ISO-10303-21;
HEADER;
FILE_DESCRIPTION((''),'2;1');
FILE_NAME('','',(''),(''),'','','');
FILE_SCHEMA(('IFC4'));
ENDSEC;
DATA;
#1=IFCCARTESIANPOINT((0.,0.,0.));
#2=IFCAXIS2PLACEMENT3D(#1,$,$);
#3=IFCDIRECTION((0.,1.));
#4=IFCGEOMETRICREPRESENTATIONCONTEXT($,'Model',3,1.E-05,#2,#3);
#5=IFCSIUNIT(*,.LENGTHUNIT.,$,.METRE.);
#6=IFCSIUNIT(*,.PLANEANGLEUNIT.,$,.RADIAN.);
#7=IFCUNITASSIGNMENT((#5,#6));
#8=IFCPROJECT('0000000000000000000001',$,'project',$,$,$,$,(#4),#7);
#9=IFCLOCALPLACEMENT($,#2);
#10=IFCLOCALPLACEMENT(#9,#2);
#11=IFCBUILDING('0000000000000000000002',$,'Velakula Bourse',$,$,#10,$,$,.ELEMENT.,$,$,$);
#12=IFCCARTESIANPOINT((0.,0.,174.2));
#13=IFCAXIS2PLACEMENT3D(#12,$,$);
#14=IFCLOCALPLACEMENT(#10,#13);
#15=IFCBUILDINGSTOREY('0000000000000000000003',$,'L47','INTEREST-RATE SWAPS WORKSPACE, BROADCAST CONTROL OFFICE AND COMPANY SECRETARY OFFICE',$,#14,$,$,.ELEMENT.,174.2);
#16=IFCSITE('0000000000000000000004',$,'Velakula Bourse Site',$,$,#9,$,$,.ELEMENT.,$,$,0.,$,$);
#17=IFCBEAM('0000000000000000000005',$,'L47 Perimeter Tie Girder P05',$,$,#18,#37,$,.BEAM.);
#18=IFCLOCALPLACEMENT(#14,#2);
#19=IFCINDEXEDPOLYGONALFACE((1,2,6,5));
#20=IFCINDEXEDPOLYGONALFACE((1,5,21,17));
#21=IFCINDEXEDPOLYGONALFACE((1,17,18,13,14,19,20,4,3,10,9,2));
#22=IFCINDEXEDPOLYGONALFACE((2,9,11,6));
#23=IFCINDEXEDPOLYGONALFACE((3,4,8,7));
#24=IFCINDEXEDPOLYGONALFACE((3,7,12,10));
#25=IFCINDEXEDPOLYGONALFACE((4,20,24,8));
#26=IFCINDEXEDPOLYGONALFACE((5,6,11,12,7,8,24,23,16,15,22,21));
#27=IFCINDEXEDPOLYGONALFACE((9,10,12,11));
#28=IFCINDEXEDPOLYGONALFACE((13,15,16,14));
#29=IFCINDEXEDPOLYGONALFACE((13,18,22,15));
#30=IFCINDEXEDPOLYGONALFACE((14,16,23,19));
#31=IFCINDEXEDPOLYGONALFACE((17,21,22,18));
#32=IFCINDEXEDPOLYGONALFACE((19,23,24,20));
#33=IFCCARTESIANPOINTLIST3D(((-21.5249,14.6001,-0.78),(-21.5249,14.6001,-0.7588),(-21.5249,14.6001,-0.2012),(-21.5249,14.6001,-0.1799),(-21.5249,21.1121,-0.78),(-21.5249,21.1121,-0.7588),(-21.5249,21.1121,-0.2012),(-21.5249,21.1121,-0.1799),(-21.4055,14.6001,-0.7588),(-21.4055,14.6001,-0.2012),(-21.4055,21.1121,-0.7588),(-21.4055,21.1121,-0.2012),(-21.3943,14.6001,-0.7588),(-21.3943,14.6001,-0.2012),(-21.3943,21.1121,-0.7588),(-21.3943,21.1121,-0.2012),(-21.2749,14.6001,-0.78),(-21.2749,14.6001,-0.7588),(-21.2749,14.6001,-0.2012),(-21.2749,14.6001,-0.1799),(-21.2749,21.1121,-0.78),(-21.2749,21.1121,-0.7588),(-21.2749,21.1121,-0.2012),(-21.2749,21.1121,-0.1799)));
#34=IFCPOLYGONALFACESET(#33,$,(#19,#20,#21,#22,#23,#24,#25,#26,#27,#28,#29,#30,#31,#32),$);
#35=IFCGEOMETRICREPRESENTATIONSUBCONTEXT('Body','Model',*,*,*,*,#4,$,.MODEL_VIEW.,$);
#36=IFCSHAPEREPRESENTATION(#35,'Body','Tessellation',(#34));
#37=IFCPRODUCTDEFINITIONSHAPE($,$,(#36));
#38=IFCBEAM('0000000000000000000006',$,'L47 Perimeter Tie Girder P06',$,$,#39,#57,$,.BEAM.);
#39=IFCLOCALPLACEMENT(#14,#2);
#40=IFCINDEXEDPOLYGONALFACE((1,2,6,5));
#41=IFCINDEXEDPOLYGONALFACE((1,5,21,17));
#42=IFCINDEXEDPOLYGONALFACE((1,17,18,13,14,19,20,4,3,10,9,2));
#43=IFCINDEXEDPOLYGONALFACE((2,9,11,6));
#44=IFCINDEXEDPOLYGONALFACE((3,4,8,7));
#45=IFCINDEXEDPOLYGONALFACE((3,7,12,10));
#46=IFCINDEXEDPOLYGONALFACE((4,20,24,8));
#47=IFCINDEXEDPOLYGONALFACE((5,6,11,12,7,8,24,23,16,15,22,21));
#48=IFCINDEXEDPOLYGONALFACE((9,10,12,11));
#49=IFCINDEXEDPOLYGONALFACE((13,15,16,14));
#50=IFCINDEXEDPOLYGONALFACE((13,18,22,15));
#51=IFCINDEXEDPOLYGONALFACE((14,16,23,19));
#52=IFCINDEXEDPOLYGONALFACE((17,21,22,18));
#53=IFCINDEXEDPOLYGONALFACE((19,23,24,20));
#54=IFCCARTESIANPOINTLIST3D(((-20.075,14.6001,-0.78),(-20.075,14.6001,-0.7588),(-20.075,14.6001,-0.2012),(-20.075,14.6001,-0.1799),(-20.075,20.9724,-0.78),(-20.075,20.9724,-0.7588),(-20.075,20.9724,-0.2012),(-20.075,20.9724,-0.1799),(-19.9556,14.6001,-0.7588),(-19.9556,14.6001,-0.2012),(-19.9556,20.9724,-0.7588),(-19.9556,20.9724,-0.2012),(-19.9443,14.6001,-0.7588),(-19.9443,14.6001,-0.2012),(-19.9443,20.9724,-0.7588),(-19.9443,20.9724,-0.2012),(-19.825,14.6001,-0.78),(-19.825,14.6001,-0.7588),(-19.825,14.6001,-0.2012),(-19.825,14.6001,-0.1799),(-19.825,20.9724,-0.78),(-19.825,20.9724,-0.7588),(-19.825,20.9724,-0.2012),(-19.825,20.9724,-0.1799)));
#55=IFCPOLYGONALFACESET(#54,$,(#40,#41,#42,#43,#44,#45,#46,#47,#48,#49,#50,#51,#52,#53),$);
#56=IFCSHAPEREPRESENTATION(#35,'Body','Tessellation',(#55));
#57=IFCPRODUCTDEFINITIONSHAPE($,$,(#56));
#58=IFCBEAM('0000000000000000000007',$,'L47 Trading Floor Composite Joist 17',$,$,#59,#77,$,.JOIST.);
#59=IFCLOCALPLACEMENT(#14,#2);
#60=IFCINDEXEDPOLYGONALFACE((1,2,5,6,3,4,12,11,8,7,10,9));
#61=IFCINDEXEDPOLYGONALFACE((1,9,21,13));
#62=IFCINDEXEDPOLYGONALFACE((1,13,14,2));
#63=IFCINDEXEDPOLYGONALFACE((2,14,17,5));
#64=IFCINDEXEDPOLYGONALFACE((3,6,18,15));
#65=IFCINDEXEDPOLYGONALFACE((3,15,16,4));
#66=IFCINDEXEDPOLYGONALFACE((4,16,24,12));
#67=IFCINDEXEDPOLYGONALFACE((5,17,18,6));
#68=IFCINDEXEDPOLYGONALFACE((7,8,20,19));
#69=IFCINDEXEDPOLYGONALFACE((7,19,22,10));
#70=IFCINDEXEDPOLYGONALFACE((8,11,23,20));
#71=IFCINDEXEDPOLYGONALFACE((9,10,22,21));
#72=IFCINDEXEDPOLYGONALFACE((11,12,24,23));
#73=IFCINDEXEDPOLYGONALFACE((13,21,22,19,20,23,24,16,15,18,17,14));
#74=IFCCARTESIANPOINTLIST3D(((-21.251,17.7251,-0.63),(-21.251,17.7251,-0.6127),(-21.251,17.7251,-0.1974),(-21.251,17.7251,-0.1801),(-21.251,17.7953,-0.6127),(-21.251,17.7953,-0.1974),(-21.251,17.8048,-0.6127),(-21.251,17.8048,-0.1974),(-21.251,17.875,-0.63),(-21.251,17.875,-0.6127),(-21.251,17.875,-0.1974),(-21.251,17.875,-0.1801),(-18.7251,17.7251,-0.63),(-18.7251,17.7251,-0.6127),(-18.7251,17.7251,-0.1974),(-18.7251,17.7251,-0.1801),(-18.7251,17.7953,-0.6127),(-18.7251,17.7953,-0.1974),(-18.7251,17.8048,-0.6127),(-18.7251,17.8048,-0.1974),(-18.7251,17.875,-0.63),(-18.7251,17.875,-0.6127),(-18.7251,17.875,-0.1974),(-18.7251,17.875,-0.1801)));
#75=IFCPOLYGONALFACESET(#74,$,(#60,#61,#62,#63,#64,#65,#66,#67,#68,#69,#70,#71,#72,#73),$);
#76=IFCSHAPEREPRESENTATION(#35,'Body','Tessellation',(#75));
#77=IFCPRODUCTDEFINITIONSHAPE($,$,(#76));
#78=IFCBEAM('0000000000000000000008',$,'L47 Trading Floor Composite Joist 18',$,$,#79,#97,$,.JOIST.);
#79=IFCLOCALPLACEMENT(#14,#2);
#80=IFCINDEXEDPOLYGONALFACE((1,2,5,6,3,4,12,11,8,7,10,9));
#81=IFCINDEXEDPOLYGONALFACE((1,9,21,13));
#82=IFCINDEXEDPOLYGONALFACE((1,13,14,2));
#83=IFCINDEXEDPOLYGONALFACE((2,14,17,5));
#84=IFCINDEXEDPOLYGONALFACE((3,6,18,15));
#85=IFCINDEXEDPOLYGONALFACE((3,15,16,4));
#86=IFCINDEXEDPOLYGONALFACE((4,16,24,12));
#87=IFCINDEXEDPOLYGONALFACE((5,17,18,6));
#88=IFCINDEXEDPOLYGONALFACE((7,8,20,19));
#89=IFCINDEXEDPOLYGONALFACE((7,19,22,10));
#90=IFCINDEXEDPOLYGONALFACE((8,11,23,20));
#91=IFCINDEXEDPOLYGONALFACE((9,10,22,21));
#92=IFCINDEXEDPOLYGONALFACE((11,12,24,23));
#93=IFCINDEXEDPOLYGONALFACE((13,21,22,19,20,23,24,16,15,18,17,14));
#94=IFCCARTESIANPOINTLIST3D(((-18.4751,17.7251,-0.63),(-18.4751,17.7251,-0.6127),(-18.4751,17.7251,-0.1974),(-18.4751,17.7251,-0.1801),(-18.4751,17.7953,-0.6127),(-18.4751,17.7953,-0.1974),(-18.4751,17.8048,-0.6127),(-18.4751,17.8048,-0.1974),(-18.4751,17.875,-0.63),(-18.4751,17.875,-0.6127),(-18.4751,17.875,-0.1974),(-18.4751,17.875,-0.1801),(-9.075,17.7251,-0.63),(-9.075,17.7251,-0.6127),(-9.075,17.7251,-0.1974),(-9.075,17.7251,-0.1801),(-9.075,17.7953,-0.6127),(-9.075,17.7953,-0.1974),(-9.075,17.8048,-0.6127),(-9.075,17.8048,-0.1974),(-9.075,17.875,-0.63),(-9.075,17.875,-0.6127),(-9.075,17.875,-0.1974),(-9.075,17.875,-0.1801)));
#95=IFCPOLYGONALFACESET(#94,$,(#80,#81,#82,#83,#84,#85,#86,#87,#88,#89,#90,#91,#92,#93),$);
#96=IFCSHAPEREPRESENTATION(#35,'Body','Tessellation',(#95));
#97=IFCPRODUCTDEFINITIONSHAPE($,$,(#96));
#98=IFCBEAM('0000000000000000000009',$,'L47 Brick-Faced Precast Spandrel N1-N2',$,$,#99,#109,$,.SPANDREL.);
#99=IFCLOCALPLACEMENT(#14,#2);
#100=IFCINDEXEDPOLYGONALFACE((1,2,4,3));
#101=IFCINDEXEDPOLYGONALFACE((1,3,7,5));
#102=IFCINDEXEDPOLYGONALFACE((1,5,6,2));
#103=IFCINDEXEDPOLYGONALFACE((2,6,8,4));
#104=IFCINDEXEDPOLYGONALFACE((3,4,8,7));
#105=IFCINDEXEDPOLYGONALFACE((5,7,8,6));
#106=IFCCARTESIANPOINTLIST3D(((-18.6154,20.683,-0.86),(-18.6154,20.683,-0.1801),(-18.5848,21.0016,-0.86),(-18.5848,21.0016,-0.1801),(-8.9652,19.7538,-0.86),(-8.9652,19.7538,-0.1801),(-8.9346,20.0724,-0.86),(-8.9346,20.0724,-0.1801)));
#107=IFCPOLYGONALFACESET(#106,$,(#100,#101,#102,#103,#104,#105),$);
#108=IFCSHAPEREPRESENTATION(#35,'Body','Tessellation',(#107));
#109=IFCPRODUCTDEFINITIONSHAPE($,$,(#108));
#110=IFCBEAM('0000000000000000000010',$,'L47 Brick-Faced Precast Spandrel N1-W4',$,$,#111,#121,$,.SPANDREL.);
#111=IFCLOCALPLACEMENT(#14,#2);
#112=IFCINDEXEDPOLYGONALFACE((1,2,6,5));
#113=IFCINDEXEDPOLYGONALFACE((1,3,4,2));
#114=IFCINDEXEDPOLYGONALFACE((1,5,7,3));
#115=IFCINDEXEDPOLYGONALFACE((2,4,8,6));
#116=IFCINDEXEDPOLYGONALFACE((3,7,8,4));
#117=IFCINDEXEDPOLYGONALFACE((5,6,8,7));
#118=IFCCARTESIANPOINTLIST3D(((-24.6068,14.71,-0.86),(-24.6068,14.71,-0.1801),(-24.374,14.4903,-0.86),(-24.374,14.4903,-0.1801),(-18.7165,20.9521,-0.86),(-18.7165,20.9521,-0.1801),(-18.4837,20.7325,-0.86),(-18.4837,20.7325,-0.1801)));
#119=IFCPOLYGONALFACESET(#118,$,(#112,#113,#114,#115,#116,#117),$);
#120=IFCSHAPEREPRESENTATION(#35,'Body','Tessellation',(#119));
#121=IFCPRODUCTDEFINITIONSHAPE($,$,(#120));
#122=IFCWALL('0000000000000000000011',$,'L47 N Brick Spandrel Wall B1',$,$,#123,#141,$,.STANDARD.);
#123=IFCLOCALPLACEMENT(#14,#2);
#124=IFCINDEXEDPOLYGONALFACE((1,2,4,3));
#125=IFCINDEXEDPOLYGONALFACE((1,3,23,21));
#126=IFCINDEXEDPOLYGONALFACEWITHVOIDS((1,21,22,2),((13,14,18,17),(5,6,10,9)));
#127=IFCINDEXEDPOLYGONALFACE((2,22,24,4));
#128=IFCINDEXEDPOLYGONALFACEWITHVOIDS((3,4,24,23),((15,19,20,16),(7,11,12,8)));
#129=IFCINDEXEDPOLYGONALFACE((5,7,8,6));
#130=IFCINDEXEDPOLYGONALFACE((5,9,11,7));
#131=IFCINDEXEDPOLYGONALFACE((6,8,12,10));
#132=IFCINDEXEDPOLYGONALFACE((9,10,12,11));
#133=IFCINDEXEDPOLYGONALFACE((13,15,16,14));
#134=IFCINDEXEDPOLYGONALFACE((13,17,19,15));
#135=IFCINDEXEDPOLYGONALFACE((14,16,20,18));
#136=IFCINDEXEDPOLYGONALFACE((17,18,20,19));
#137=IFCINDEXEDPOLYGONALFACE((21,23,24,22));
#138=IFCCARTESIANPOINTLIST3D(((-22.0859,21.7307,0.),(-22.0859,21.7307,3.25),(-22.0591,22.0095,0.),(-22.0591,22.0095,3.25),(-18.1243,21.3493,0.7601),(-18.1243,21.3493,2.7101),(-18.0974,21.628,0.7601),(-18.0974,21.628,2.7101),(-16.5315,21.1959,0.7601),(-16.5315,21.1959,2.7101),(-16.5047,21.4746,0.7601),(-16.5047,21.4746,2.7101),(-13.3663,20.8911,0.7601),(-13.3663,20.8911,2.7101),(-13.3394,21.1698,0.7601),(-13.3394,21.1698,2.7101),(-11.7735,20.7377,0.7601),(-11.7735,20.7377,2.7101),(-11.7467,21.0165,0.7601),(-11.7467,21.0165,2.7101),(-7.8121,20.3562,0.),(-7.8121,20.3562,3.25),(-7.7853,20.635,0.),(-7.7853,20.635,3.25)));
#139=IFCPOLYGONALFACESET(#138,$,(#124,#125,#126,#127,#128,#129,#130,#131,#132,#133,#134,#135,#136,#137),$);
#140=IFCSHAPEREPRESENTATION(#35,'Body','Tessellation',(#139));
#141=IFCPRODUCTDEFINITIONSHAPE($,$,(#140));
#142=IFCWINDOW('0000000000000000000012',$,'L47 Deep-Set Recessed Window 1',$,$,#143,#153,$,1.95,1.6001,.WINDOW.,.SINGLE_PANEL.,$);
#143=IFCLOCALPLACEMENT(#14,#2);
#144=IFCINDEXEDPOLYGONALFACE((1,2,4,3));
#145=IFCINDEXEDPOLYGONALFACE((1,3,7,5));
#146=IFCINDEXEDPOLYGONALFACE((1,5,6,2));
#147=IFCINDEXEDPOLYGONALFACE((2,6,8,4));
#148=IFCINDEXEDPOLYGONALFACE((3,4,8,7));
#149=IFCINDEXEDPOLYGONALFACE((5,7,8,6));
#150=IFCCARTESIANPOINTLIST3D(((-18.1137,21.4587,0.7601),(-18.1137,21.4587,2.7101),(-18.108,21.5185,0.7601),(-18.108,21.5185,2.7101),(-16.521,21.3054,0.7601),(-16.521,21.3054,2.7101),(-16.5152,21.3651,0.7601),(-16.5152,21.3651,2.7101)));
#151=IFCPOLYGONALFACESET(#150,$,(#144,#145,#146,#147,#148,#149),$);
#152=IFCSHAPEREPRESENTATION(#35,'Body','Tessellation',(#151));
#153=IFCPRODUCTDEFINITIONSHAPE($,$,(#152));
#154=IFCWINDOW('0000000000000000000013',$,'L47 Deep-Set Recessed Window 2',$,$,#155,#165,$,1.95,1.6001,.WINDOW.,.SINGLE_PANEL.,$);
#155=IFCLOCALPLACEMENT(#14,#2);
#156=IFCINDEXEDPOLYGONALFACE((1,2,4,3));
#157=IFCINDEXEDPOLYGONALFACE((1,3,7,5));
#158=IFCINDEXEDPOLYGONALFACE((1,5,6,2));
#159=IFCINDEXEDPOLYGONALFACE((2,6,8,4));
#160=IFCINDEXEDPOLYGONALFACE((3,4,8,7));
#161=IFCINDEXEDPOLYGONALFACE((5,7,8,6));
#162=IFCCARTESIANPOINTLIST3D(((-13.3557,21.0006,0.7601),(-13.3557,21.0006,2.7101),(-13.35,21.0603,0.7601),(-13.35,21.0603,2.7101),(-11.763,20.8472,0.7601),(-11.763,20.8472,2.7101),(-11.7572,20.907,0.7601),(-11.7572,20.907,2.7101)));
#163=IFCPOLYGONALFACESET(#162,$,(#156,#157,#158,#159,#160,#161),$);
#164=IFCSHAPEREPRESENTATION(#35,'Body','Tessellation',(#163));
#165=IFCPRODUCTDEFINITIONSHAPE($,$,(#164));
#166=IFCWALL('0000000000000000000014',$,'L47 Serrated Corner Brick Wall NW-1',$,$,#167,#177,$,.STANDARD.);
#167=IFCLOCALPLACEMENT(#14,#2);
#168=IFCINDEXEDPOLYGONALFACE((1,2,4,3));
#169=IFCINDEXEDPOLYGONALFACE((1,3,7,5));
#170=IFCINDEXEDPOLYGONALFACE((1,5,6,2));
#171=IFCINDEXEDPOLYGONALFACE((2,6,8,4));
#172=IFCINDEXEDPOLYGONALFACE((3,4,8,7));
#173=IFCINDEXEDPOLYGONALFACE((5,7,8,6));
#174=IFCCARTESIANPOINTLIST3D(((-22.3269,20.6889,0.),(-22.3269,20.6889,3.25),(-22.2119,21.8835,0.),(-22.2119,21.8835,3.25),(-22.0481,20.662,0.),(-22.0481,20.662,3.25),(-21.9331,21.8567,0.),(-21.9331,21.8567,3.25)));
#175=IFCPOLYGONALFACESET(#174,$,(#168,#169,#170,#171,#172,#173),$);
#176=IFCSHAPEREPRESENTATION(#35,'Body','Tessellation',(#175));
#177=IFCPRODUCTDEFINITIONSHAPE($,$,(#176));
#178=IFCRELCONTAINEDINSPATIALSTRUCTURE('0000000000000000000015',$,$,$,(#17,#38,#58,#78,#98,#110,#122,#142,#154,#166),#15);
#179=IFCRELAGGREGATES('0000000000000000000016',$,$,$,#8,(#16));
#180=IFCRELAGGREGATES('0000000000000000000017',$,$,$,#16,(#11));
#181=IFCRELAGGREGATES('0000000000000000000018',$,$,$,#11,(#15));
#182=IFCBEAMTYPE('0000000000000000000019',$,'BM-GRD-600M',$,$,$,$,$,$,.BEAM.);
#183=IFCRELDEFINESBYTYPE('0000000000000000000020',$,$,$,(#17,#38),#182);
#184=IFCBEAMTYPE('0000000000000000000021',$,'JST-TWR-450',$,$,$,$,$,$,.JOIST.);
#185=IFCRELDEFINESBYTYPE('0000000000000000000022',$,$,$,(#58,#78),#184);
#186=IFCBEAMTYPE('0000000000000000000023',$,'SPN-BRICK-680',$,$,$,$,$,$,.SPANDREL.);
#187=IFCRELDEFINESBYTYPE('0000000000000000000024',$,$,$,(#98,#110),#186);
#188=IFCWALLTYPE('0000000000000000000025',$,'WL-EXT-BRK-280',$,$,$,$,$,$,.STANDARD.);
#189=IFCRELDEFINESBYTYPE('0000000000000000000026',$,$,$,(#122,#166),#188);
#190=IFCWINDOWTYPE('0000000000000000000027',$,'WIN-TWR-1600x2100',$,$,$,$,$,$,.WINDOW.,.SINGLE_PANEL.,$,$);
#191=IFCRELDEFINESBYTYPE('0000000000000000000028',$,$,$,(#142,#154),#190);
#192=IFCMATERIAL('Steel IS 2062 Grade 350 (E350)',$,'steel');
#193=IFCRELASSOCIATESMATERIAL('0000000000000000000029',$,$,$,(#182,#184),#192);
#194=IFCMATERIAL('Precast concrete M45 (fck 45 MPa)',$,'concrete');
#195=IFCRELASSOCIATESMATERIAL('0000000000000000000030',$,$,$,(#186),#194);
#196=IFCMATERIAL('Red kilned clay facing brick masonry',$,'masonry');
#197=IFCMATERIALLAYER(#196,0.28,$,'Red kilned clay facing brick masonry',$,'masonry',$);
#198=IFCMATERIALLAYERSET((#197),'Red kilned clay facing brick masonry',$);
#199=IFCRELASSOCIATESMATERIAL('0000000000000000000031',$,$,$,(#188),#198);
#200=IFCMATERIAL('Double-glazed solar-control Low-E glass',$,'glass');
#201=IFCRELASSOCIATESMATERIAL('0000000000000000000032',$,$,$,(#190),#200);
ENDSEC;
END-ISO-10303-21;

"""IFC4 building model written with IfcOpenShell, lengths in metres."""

from ifc_helpers import new_model, si_unit, direction, frame, frame_2d, origin, origin_2d, place, context, subcontext, project, spatial, rectangle, i_section, extrude, material, layer, layer_set, material_profile, profile_set, type_object, element, fill, save


model = new_model("IFC4")

# Units and contexts
model_context = context("Model", 3, precision=1e-05, world=origin(), true_north=direction((0.0, 1.0)))
body_context = subcontext(model_context, "Body", "Model", "MODEL_VIEW")
ifc_project = project(units=[si_unit("LENGTHUNIT", "METRE"), si_unit("PLANEANGLEUNIT", "RADIAN")], contexts=[model_context])

# Site, building, storey
site_placement = place(None, origin())
site = spatial("IfcSite", under=ifc_project, at=site_placement, Name="Velakula Bourse Site", CompositionType="ELEMENT", RefElevation=0.0)
building_placement = place(site_placement, origin())
building = spatial("IfcBuilding", under=site, at=building_placement, Name="Velakula Bourse", CompositionType="ELEMENT")
storey_placement = place(building_placement, frame((0.0, 0.0, 174.2)))
storey = spatial("IfcBuildingStorey", under=building, at=storey_placement, Name="L47", Description="INTEREST-RATE SWAPS WORKSPACE, BROADCAST CONTROL OFFICE AND COMPANY SECRETARY OFFICE", CompositionType="ELEMENT", Elevation=174.2)

# Shared definitions
ifc_material_1 = material(Name="Steel IS 2062 Grade 350 (E350)", Category="steel")
ifc_material_2 = material(Name="Precast concrete M45 (fck 45 MPa)", Category="concrete")

# Beams
ifc_material_profile_1 = material_profile(ifc_material_1, i_section(OverallWidth=0.25, OverallDepth=0.6001, WebThickness=0.0112, FlangeThickness=0.0212, at=origin_2d()), Name="Steel IS 2062 Grade 350 (E350)")
ifc_profile_set_1 = profile_set([ifc_material_profile_1], Name="Steel IS 2062 Grade 350 (E350)")
beam_type_1 = type_object("IfcBeamType", Name="BM-GRD-600M", PredefinedType="BEAM", material=ifc_profile_set_1)
beam_1_placement = place(storey_placement, frame((-21.3999, 14.6001, -0.48), z_axis=(0.0, 1.0, 0.0), x_axis=(-1.0, 0.0, 0.0)))
element("IfcBeam", 1, at=beam_1_placement, inside=storey, type_object=beam_type_1, Name="L47 Perimeter Tie Girder P05", PredefinedType="BEAM", context=body_context, shape_type="SweptSolid", body=[
    extrude(i_section(OverallWidth=0.25, OverallDepth=0.6001, WebThickness=0.0112, FlangeThickness=0.0212, at=origin_2d()), origin(), (0.0, 0.0, 1.0), 6.512),
])
beam_2_placement = place(storey_placement, frame((-19.95, 14.6001, -0.48), z_axis=(0.0, 1.0, 0.0), x_axis=(-1.0, 0.0, 0.0)))
element("IfcBeam", 2, at=beam_2_placement, inside=storey, type_object=beam_type_1, Name="L47 Perimeter Tie Girder P06", PredefinedType="BEAM", context=body_context, shape_type="SweptSolid", body=[
    extrude(i_section(OverallWidth=0.25, OverallDepth=0.6001, WebThickness=0.0112, FlangeThickness=0.0212, at=origin_2d()), origin(), (0.0, 0.0, 1.0), 6.3723),
])
ifc_material_profile_2 = material_profile(ifc_material_1, i_section(OverallWidth=0.1499, OverallDepth=0.45, WebThickness=0.0095, FlangeThickness=0.0173, at=origin_2d()), Name="Steel IS 2062 Grade 350 (E350)")
ifc_profile_set_2 = profile_set([ifc_material_profile_2], Name="Steel IS 2062 Grade 350 (E350)")
beam_type_2 = type_object("IfcBeamType", Name="JST-TWR-450", PredefinedType="JOIST", material=ifc_profile_set_2)
beam_3_placement = place(storey_placement, frame((-21.251, 17.8, -0.405), z_axis=(1.0, 0.0, 0.0), x_axis=(0.0, 1.0, 0.0)))
element("IfcBeam", 3, at=beam_3_placement, inside=storey, type_object=beam_type_2, Name="L47 Trading Floor Composite Joist 17", PredefinedType="JOIST", context=body_context, shape_type="SweptSolid", body=[
    extrude(i_section(OverallWidth=0.1499, OverallDepth=0.45, WebThickness=0.0095, FlangeThickness=0.0173, at=origin_2d()), origin(), (0.0, 0.0, 1.0), 2.5259),
])
beam_4_placement = place(storey_placement, frame((-18.4751, 17.8, -0.405), z_axis=(1.0, 0.0, 0.0), x_axis=(0.0, 1.0, 0.0)))
element("IfcBeam", 4, at=beam_4_placement, inside=storey, type_object=beam_type_2, Name="L47 Trading Floor Composite Joist 18", PredefinedType="JOIST", context=body_context, shape_type="SweptSolid", body=[
    extrude(i_section(OverallWidth=0.1499, OverallDepth=0.45, WebThickness=0.0095, FlangeThickness=0.0173, at=origin_2d()), origin(), (0.0, 0.0, 1.0), 9.4001),
])
ifc_material_profile_3 = material_profile(ifc_material_2, rectangle(XDim=0.3201, YDim=0.6799, at=origin_2d()), Name="Precast concrete M45 (fck 45 MPa)")
ifc_profile_set_3 = profile_set([ifc_material_profile_3], Name="Precast concrete M45 (fck 45 MPa)")
beam_type_3 = type_object("IfcBeamType", Name="SPN-BRICK-680", PredefinedType="SPANDREL", material=ifc_profile_set_3)
beam_5_placement = place(storey_placement, frame((-18.6001, 20.8423, -0.52), z_axis=(0.995396, -0.095845, 0.0), x_axis=(0.095845, 0.995396, 0.0)))
element("IfcBeam", 5, at=beam_5_placement, inside=storey, type_object=beam_type_3, Name="L47 Brick-Faced Precast Spandrel N1-N2", PredefinedType="SPANDREL", context=body_context, shape_type="SweptSolid", body=[
    extrude(rectangle(XDim=0.3201, YDim=0.6799, at=origin_2d()), origin(), (0.0, 0.0, 1.0), 9.6948),
])
beam_6_placement = place(storey_placement, frame((-18.6001, 20.8423, -0.52), z_axis=(-0.686314, -0.727305, 0.0), x_axis=(0.727305, -0.686314, 0.0)))
element("IfcBeam", 6, at=beam_6_placement, inside=storey, type_object=beam_type_3, Name="L47 Brick-Faced Precast Spandrel N1-W4", PredefinedType="SPANDREL", context=body_context, shape_type="SweptSolid", body=[
    extrude(rectangle(XDim=0.3201, YDim=0.6799, at=origin_2d()), origin(), (0.0, 0.0, 1.0), 8.5825),
])

# Wall, openings, windows
ifc_material_3 = material(Name="Red kilned clay facing brick masonry", Category="masonry")
ifc_layer = layer(ifc_material_3, 0.28, Name="Red kilned clay facing brick masonry", Category="masonry")
ifc_layer_set = layer_set([ifc_layer], Name="Red kilned clay facing brick masonry")
wall_type = type_object("IfcWallType", Name="WL-EXT-BRK-280", PredefinedType="STANDARD", material=ifc_layer_set)
wall_placement = place(storey_placement, frame((-22.0725, 21.8701, 0.0), z_axis=(0.0, 0.0, 1.0), x_axis=(0.995396, -0.095852, 0.0)))
wall = element("IfcWall", 7, at=wall_placement, inside=storey, type_object=wall_type, Name="L47 N Brick Spandrel Wall B1", PredefinedType="STANDARD", context=body_context, shape_type="SweptSolid", body=[
    extrude(rectangle(XDim=14.3398, YDim=0.28, at=frame_2d((7.1699, 0.0))), origin(), (0.0, 0.0, 1.0), 3.25),
])
opening_1_placement = place(wall_placement, frame((3.98, 0.0, 0.76)))
opening_1 = element("IfcOpeningElement", 8, at=opening_1_placement, cuts=wall, PredefinedType="OPENING", context=body_context, shape_type="SweptSolid", body=[
    extrude(rectangle(XDim=1.6001, YDim=1.95, at=frame_2d((0.8, 0.9751))), frame((0.0, 0.1499, 0.0), z_axis=(0.0, -1.0, 0.0), x_axis=(1.0, 0.0, 0.0)), (0.0, 0.0, 1.0), 0.3),
])
opening_2_placement = place(wall_placement, frame((8.76, 0.0, 0.76)))
opening_2 = element("IfcOpeningElement", 9, at=opening_2_placement, cuts=wall, PredefinedType="OPENING", context=body_context, shape_type="SweptSolid", body=[
    extrude(rectangle(XDim=1.6001, YDim=1.95, at=frame_2d((0.8, 0.9751))), frame((0.0, 0.1499, 0.0), z_axis=(0.0, -1.0, 0.0), x_axis=(1.0, 0.0, 0.0)), (0.0, 0.0, 1.0), 0.3),
])
ifc_material_4 = material(Name="Double-glazed solar-control Low-E glass", Category="glass")
window_type = type_object("IfcWindowType", Name="WIN-TWR-1600x2100", PartitioningType="SINGLE_PANEL", PredefinedType="WINDOW", material=ifc_material_4)
window_1_placement = place(opening_1_placement, origin())
window_1 = element("IfcWindow", 10, at=window_1_placement, inside=storey, type_object=window_type, Name="L47 Deep-Set Recessed Window 1", OverallHeight=1.95, OverallWidth=1.6001, PartitioningType="SINGLE_PANEL", PredefinedType="WINDOW", context=body_context, shape_type="SweptSolid", body=[
    extrude(rectangle(XDim=1.6001, YDim=1.95, at=frame_2d((0.8, 0.9751))), frame((0.0, 0.03, 0.0), z_axis=(0.0, -1.0, 0.0), x_axis=(1.0, 0.0, 0.0)), (0.0, 0.0, 1.0), 0.0601),
])
fill(opening_1, window_1)
window_2_placement = place(opening_2_placement, origin())
window_2 = element("IfcWindow", 11, at=window_2_placement, inside=storey, type_object=window_type, Name="L47 Deep-Set Recessed Window 2", OverallHeight=1.95, OverallWidth=1.6001, PartitioningType="SINGLE_PANEL", PredefinedType="WINDOW", context=body_context, shape_type="SweptSolid", body=[
    extrude(rectangle(XDim=1.6001, YDim=1.95, at=frame_2d((0.8, 0.9751))), frame((0.0, 0.03, 0.0), z_axis=(0.0, -1.0, 0.0), x_axis=(1.0, 0.0, 0.0)), (0.0, 0.0, 1.0), 0.0601),
])
fill(opening_2, window_2)

# Wall
for number, where, z_axis, x_axis, name in (
    (12, (-22.0725, 21.8701, 0.0), (0.0, 0.0, 1.0), (-0.095817, -0.995399, 0.0), "L47 Serrated Corner Brick Wall NW-1"),
):
    element("IfcWall", number, at=place(storey_placement, frame(where, z_axis=z_axis, x_axis=x_axis)), inside=storey, type_object=wall_type, Name=name, PredefinedType="STANDARD", context=body_context, shape_type="SweptSolid", body=[
        extrude(rectangle(XDim=1.2002, YDim=0.28, at=frame_2d((0.6001, 0.0))), origin(), (0.0, 0.0, 1.0), 3.25),
    ])

save(model, "model.ifc")
